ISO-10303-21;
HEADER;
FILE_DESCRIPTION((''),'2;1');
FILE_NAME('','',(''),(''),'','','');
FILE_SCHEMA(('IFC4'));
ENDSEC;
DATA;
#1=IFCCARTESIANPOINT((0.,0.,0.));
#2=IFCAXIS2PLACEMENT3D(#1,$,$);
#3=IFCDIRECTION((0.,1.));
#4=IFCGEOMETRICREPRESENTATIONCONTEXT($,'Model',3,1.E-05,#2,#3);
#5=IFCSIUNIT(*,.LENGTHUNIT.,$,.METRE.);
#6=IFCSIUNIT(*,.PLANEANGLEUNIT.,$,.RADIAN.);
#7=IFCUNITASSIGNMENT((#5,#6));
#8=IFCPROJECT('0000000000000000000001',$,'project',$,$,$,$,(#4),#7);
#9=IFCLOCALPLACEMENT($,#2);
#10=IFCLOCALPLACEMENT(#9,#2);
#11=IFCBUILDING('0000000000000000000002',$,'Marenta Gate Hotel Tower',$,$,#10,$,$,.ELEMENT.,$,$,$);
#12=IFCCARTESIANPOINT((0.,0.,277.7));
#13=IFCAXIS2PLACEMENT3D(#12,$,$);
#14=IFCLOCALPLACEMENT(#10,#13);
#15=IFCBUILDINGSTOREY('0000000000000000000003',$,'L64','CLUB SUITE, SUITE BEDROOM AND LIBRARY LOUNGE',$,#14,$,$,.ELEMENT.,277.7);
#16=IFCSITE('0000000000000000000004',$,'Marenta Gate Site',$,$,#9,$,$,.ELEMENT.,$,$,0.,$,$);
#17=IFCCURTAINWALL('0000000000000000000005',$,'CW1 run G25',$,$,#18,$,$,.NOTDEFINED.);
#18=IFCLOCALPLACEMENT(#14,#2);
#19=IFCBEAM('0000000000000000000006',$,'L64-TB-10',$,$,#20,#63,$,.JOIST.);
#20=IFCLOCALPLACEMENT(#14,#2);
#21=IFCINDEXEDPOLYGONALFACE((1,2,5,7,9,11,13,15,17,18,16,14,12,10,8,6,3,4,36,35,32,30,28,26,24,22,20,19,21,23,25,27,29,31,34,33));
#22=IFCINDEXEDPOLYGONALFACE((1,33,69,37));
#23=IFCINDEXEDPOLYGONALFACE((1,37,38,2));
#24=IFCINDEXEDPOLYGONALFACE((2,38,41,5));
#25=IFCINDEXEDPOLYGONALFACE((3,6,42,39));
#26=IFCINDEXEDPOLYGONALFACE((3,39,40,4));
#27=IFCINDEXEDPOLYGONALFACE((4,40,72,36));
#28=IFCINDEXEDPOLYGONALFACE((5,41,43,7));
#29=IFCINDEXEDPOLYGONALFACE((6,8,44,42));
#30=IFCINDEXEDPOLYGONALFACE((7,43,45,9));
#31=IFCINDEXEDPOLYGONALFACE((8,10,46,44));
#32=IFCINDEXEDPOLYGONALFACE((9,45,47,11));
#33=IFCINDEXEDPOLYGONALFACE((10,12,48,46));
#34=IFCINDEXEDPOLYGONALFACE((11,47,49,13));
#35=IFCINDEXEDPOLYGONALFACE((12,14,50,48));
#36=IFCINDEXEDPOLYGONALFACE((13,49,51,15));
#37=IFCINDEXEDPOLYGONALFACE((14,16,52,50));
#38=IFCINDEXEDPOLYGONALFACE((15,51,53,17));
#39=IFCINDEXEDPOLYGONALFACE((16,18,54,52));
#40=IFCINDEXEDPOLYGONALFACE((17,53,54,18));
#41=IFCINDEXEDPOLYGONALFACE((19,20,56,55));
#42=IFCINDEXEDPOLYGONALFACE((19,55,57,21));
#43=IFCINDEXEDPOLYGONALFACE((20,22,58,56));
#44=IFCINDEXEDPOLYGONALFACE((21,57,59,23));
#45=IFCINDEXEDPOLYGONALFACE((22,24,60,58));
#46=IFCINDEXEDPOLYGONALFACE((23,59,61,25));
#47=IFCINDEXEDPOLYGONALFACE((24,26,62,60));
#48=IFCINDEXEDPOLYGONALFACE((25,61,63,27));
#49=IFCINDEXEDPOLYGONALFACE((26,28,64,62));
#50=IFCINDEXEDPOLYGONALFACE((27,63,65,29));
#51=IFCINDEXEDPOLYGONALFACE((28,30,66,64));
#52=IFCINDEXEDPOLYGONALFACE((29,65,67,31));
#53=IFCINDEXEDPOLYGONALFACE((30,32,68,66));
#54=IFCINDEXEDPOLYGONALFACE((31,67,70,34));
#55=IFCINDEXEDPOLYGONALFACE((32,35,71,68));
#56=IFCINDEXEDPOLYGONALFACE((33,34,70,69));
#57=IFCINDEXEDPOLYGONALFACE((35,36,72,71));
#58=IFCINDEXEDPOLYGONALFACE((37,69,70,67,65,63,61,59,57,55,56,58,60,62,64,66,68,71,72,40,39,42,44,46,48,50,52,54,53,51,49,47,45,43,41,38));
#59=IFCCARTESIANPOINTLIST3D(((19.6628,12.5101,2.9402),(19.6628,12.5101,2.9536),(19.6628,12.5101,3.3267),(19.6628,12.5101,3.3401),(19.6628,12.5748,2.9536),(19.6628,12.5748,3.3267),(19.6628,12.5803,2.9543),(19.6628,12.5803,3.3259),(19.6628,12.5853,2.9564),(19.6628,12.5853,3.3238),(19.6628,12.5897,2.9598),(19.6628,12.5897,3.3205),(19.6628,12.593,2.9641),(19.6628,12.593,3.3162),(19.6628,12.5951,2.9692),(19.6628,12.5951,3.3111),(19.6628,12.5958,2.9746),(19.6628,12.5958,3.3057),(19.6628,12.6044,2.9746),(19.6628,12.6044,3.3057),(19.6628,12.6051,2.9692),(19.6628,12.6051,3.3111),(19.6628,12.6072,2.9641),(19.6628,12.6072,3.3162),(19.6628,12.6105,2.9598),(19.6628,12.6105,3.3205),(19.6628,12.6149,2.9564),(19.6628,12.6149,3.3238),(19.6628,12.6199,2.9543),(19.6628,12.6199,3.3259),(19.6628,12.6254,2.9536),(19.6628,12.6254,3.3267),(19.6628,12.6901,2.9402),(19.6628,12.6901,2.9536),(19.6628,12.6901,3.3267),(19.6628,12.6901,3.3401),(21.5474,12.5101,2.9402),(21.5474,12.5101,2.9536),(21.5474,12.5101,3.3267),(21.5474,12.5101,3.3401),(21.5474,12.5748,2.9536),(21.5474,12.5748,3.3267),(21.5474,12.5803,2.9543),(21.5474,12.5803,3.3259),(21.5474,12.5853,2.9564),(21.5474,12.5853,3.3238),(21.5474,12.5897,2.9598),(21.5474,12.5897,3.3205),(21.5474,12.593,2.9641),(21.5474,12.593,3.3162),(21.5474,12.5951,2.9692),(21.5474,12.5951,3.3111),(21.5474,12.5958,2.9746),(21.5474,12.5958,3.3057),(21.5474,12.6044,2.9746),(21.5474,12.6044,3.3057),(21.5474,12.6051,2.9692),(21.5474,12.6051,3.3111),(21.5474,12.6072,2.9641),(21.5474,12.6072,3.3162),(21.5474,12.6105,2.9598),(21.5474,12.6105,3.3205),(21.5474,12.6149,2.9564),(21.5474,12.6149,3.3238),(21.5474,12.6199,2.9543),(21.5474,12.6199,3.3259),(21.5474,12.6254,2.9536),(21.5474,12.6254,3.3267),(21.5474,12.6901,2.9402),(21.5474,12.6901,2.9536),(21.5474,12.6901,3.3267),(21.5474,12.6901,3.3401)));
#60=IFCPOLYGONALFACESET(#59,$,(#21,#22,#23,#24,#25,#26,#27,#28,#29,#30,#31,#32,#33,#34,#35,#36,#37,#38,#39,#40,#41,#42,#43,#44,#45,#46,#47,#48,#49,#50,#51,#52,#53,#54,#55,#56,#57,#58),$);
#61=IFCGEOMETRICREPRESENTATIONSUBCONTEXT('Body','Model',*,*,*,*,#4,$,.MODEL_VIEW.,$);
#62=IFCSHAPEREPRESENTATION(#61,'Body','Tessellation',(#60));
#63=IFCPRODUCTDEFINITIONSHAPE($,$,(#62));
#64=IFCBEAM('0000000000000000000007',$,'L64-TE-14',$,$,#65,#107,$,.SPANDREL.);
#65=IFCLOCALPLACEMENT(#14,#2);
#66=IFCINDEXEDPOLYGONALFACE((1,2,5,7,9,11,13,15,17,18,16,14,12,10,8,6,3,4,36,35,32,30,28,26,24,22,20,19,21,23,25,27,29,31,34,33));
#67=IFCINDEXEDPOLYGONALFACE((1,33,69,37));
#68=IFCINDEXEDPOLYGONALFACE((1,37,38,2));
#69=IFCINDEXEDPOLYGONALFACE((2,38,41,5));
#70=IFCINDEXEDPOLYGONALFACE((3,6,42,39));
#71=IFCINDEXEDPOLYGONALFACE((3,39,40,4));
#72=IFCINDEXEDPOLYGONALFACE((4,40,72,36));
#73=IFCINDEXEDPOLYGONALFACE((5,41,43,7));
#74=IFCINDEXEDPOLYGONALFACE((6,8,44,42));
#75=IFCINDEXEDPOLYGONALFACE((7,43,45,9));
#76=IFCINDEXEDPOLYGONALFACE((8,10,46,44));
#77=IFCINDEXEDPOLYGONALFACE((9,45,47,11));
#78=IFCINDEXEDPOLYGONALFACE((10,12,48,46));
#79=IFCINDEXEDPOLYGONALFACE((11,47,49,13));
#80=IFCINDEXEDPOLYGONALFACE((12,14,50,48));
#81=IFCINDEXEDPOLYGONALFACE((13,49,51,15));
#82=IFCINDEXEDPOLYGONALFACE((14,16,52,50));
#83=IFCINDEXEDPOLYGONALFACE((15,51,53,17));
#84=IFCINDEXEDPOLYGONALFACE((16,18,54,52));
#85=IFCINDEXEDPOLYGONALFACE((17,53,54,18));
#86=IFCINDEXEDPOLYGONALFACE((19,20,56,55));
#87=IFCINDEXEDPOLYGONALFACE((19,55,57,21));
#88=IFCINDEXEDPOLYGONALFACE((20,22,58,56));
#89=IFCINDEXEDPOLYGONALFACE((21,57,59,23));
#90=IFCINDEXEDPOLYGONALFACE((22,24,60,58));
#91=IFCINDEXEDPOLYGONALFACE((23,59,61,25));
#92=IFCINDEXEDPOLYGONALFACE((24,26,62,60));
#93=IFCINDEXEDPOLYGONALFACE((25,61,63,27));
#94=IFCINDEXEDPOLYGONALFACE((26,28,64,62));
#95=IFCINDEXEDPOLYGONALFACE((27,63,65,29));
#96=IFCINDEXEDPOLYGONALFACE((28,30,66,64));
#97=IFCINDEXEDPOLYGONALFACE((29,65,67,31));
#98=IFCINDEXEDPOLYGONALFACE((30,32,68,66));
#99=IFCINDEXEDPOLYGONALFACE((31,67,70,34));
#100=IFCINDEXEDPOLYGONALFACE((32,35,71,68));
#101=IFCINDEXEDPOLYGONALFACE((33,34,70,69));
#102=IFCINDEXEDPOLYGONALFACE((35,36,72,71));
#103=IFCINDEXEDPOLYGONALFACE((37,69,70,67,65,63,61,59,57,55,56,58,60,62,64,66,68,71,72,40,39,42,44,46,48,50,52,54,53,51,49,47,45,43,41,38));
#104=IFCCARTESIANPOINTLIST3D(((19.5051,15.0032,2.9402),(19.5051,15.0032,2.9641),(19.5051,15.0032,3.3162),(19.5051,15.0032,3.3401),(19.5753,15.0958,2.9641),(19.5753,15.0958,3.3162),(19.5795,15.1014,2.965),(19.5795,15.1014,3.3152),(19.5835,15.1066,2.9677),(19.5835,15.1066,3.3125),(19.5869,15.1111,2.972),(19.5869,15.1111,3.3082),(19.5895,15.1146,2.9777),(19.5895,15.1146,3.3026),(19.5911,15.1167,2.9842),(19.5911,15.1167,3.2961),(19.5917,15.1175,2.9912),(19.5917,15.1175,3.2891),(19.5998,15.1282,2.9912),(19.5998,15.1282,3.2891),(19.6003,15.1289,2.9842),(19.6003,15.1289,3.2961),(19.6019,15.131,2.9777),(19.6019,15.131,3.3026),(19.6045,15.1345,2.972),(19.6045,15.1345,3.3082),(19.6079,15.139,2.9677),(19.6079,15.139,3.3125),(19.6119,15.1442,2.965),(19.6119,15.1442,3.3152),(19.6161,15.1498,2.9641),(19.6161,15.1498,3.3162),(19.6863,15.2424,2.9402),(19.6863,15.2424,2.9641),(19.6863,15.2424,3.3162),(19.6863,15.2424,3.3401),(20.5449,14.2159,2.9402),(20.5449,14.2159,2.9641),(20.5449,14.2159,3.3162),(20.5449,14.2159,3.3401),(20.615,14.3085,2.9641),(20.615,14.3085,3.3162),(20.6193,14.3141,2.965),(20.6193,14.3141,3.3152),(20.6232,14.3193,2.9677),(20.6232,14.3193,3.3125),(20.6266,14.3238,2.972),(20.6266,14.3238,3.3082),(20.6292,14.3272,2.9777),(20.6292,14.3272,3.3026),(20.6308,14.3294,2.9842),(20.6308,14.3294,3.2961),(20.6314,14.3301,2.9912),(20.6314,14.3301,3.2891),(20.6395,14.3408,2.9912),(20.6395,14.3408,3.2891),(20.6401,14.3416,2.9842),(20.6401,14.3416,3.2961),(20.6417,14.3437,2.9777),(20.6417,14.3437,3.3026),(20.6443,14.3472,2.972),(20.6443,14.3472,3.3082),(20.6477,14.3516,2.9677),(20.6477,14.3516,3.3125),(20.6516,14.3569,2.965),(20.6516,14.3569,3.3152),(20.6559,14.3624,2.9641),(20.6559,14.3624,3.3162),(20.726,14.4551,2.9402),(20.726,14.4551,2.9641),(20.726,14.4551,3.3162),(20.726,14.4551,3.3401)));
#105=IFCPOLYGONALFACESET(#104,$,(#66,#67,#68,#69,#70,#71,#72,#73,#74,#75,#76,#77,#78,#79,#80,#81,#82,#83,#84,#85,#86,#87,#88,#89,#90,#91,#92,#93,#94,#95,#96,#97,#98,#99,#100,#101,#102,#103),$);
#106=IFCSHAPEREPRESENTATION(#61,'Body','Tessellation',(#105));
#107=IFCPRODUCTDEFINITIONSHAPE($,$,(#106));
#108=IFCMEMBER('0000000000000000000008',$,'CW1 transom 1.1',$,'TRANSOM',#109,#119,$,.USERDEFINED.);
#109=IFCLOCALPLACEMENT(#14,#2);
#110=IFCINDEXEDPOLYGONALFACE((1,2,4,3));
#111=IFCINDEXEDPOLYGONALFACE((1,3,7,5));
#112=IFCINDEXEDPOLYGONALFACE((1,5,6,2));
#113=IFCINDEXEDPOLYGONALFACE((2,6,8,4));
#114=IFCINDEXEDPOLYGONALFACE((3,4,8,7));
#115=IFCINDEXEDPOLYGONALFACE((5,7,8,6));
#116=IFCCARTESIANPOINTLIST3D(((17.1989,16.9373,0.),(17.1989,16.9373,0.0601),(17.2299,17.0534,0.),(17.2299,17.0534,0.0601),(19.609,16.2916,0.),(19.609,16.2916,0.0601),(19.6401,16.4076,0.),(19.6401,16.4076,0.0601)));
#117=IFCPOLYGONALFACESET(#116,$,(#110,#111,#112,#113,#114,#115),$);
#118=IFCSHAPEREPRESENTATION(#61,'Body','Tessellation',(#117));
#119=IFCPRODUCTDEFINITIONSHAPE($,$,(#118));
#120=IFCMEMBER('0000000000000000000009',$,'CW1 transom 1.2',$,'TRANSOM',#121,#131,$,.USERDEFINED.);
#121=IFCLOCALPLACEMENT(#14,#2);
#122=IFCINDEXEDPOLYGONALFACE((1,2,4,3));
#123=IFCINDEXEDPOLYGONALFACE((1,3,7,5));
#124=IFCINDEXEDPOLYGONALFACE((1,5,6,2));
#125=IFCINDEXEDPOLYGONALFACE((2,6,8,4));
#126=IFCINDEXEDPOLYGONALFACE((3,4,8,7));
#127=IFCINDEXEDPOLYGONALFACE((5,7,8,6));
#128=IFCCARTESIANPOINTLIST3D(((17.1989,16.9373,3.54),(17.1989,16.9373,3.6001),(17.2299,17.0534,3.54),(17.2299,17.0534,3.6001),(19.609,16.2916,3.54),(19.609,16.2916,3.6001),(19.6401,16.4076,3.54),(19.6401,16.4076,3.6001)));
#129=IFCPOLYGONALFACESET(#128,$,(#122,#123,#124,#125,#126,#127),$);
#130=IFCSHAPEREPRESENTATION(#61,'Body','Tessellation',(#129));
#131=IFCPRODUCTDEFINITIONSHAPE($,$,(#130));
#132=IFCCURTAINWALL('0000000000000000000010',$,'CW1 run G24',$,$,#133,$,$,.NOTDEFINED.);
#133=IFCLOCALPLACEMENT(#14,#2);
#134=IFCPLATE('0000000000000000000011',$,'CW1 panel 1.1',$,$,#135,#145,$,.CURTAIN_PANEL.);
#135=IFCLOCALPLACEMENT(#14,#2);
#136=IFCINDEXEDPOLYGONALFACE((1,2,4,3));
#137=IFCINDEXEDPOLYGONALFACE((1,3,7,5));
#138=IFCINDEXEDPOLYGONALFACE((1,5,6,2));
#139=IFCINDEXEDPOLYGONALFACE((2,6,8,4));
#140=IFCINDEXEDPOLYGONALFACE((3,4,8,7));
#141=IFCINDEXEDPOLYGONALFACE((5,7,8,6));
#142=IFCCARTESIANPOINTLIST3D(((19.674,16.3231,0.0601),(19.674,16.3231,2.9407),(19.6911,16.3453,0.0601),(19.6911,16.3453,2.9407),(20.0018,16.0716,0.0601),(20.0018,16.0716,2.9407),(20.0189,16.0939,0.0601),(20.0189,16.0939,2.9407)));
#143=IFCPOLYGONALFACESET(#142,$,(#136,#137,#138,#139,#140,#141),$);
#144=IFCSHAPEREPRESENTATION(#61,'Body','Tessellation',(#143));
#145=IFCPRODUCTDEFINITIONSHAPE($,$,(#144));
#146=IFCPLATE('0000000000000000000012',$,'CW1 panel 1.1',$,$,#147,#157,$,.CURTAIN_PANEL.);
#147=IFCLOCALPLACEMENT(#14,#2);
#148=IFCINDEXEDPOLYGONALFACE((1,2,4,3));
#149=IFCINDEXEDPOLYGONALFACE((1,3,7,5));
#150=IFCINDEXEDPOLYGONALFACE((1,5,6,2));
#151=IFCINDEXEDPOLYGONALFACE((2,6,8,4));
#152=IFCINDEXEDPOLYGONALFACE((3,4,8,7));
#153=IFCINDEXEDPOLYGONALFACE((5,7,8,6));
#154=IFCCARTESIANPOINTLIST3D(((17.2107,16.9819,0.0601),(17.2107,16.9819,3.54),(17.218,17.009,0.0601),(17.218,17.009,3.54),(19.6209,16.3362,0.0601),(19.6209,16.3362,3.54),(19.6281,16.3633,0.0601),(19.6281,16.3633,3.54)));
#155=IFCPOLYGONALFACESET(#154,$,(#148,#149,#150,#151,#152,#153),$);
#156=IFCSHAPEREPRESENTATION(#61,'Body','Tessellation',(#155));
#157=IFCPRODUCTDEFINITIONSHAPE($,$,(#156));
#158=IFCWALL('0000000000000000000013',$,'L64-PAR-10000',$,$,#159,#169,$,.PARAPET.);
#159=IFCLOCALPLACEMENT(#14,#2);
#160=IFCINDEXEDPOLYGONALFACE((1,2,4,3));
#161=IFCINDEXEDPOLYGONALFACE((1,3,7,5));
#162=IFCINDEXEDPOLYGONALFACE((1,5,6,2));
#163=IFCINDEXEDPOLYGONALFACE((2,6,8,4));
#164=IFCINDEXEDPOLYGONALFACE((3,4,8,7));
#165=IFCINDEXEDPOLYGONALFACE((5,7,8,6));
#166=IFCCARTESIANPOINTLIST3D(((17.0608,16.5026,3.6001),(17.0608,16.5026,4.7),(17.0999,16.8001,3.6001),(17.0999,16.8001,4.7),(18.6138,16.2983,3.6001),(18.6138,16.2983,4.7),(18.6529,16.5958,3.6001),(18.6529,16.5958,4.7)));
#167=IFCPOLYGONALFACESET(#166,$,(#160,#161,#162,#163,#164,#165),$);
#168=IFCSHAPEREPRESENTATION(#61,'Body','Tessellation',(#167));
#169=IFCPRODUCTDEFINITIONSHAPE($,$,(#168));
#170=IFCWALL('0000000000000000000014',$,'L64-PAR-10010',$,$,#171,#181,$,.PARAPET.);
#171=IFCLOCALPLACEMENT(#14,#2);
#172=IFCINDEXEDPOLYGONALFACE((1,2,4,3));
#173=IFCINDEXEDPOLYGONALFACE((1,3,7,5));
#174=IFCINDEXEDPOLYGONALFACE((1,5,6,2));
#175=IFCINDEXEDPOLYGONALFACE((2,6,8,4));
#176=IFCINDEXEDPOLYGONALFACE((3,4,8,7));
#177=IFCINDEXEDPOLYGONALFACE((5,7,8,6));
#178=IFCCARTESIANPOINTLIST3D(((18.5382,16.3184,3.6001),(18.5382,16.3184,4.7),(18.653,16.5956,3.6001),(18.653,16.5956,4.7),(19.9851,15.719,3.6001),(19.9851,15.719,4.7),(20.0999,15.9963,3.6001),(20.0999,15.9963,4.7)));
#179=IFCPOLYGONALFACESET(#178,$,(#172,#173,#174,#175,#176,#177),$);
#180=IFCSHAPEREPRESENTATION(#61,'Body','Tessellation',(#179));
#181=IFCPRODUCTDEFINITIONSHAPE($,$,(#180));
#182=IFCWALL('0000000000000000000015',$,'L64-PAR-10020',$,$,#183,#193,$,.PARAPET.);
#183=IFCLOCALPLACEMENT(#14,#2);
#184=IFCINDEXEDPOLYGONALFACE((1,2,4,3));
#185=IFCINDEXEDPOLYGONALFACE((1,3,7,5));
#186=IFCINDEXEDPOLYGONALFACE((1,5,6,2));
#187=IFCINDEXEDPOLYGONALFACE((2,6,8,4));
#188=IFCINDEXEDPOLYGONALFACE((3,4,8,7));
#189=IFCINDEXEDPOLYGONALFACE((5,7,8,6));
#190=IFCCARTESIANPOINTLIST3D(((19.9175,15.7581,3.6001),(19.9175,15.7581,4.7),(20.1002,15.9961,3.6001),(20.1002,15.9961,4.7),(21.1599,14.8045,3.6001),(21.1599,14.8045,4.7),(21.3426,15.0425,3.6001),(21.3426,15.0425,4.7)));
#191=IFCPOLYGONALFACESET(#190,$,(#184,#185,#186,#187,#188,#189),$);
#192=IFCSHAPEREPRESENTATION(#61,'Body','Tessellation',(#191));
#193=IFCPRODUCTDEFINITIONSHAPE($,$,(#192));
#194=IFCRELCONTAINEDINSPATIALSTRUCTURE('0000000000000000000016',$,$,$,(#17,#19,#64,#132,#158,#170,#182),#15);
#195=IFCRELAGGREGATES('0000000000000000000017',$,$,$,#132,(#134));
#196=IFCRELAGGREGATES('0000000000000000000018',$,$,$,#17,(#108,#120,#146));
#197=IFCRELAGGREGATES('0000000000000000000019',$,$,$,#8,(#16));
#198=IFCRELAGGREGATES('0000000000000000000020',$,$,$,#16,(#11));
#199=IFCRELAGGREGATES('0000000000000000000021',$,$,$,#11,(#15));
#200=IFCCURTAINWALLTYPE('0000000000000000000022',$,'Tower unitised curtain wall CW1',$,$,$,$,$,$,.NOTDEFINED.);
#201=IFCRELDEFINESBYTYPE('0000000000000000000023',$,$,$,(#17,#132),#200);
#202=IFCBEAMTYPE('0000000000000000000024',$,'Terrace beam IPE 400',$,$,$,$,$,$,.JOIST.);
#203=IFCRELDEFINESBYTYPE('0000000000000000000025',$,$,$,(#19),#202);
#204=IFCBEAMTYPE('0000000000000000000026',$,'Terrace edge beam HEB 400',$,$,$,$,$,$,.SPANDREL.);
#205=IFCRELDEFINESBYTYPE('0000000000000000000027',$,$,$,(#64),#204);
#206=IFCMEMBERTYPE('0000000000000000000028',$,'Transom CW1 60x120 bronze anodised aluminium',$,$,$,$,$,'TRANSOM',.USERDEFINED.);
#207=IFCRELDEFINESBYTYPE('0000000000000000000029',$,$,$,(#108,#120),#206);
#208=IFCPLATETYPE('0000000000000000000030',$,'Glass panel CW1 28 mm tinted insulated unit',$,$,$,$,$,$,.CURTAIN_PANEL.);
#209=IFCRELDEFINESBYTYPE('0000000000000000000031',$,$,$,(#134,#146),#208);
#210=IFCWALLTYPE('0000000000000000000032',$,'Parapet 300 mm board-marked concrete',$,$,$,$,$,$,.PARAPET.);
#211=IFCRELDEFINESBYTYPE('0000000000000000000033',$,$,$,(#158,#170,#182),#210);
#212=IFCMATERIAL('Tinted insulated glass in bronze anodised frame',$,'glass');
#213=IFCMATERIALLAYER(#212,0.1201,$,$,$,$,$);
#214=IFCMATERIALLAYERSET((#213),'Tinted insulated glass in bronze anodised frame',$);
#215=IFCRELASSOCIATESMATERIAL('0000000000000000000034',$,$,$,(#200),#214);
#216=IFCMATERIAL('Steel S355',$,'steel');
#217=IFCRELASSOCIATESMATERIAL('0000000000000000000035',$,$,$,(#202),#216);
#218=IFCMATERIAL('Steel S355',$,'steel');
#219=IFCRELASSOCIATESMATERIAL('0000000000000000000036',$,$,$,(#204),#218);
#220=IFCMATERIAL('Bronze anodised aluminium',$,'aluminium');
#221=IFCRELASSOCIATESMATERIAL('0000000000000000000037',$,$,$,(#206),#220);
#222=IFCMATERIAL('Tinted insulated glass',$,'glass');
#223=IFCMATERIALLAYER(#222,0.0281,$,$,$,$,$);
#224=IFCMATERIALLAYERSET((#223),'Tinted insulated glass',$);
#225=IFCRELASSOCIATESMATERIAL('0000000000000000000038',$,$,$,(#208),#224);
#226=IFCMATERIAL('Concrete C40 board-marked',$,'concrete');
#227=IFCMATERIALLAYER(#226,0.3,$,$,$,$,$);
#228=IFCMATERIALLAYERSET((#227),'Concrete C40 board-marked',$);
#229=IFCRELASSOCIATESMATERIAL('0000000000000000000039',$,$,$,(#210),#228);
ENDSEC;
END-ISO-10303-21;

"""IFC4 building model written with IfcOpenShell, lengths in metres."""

from ifc_helpers import new_model, si_unit, direction, frame, frame_2d, origin, origin_2d, place, context, subcontext, project, spatial, rectangle, i_section, extrude, material, layer, layer_set, material_profile, profile_set, type_object, element, aggregate, save


model = new_model("IFC4")

# Units and contexts
model_context = context("Model", 3, precision=1e-05, world=origin(), true_north=direction((0.0, 1.0)))
body_context = subcontext(model_context, "Body", "Model", "MODEL_VIEW")
ifc_project = project(units=[si_unit("LENGTHUNIT", "METRE"), si_unit("PLANEANGLEUNIT", "RADIAN")], contexts=[model_context])

# Site, building, storey
site_placement = place(None, origin())
site = spatial("IfcSite", under=ifc_project, at=site_placement, Name="Marenta Gate Site", CompositionType="ELEMENT", RefElevation=0.0)
building_placement = place(site_placement, origin())
building = spatial("IfcBuilding", under=site, at=building_placement, Name="Marenta Gate Hotel Tower", CompositionType="ELEMENT")
storey_placement = place(building_placement, frame((0.0, 0.0, 277.7)))
storey = spatial("IfcBuildingStorey", under=building, at=storey_placement, Name="L64", Description="CLUB SUITE, SUITE BEDROOM AND LIBRARY LOUNGE", CompositionType="ELEMENT", Elevation=277.7)

# Curtain wall
ifc_material_1 = material(Name="Tinted insulated glass in bronze anodised frame", Category="glass")
ifc_layer_1 = layer(ifc_material_1, 0.1201)
ifc_layer_set_1 = layer_set([ifc_layer_1], Name="Tinted insulated glass in bronze anodised frame")
curtain_wall_type = type_object("IfcCurtainWallType", Name="Tower unitised curtain wall CW1", PredefinedType="NOTDEFINED", material=ifc_layer_set_1)
curtain_wall_1_placement = place(storey_placement, origin())
curtain_wall_1 = element("IfcCurtainWall", 1, at=curtain_wall_1_placement, inside=storey, type_object=curtain_wall_type, Name="CW1 run G25", PredefinedType="NOTDEFINED")

# Beams
ifc_material_2 = material(Name="Steel S355", Category="steel")
ifc_material_profile_1 = material_profile(ifc_material_2, i_section(OverallWidth=0.1799, OverallDepth=0.3999, WebThickness=0.0085, FlangeThickness=0.0134, FilletRadius=0.021, at=origin_2d()), Name="IPE 400")
ifc_profile_set_1 = profile_set([ifc_material_profile_1], Name="Steel S355")
beam_type_1 = type_object("IfcBeamType", Name="Terrace beam IPE 400", PredefinedType="JOIST", material=ifc_profile_set_1)
beam_1_placement = place(storey_placement, frame((19.6628, 12.6001, 3.1401), z_axis=(1.0, 0.0, 0.0), x_axis=(0.0, 1.0, 0.0)))
element("IfcBeam", 2, at=beam_1_placement, inside=storey, type_object=beam_type_1, Name="L64-TB-10", PredefinedType="JOIST", context=body_context, shape_type="SweptSolid", body=[
    extrude(i_section(OverallWidth=0.1799, OverallDepth=0.3999, WebThickness=0.0085, FlangeThickness=0.0134, FilletRadius=0.021, at=origin_2d()), origin(), (0.0, 0.0, 1.0), 1.8845),
])
ifc_material_3 = material(Name="Steel S355", Category="steel")
ifc_material_profile_2 = material_profile(ifc_material_3, i_section(OverallWidth=0.3, OverallDepth=0.3999, WebThickness=0.0134, FlangeThickness=0.0239, FilletRadius=0.0271, at=origin_2d()), Name="HEB 400")
ifc_profile_set_2 = profile_set([ifc_material_profile_2], Name="Steel S355")
beam_type_2 = type_object("IfcBeamType", Name="Terrace edge beam HEB 400", PredefinedType="SPANDREL", material=ifc_profile_set_2)
beam_2_placement = place(storey_placement, frame((19.5957, 15.1228, 3.1401), z_axis=(0.797229, -0.603677, 0.0), x_axis=(0.603677, 0.797229, 0.0)))
element("IfcBeam", 3, at=beam_2_placement, inside=storey, type_object=beam_type_2, Name="L64-TE-14", PredefinedType="SPANDREL", context=body_context, shape_type="SweptSolid", body=[
    extrude(i_section(OverallWidth=0.3, OverallDepth=0.3999, WebThickness=0.0134, FlangeThickness=0.0239, FilletRadius=0.0271, at=origin_2d()), origin(), (0.0, 0.0, 1.0), 1.3042),
])

# Members
ifc_material_4 = material(Name="Bronze anodised aluminium", Category="aluminium")
ifc_material_profile_3 = material_profile(ifc_material_4, rectangle(XDim=0.1201, YDim=0.0601, at=origin_2d()), Name="Transom CW1 60x120 bronze anodised aluminium")
ifc_profile_set_3 = profile_set([ifc_material_profile_3], Name="Bronze anodised aluminium")
member_type_1 = type_object("IfcMemberType", Name="Transom CW1 60x120 bronze anodised aluminium", ElementType="TRANSOM", PredefinedType="USERDEFINED", material=ifc_profile_set_3)
member_1_placement = place(storey_placement, frame((19.6245, 16.3496, 0.03), z_axis=(-0.965931, 0.258801, 0.0), x_axis=(-0.258801, -0.965931, 0.0)))
member_1 = element("IfcMember", 4, at=member_1_placement, type_object=member_type_1, Name="CW1 transom 1.1", ObjectType="TRANSOM", PredefinedType="USERDEFINED", context=body_context, shape_type="SweptSolid", body=[
    extrude(rectangle(XDim=0.1201, YDim=0.0601, at=origin_2d()), origin(), (0.0, 0.0, 1.0), 2.4951),
])
member_2_placement = place(storey_placement, frame((19.6245, 16.3496, 3.5701), z_axis=(-0.965931, 0.258801, 0.0), x_axis=(-0.258801, -0.965931, 0.0)))
member_2 = element("IfcMember", 5, at=member_2_placement, type_object=member_type_1, Name="CW1 transom 1.2", ObjectType="TRANSOM", PredefinedType="USERDEFINED", context=body_context, shape_type="SweptSolid", body=[
    extrude(rectangle(XDim=0.1201, YDim=0.0601, at=origin_2d()), origin(), (0.0, 0.0, 1.0), 2.4951),
])

# Curtain wall, plate
curtain_wall_2_placement = place(storey_placement, origin())
curtain_wall_2 = element("IfcCurtainWall", 6, at=curtain_wall_2_placement, inside=storey, type_object=curtain_wall_type, Name="CW1 run G24", PredefinedType="NOTDEFINED")
ifc_material_5 = material(Name="Tinted insulated glass", Category="glass")
ifc_layer_2 = layer(ifc_material_5, 0.0281)
ifc_layer_set_2 = layer_set([ifc_layer_2], Name="Tinted insulated glass")
plate_type = type_object("IfcPlateType", Name="Glass panel CW1 28 mm tinted insulated unit", PredefinedType="CURTAIN_PANEL", material=ifc_layer_set_2)
plate_1_placement = place(storey_placement, frame((19.8464, 16.2085, 0.0601), z_axis=(0.0, 0.0, 1.0), x_axis=(-0.79345, 0.608635, 0.0)))
plate_1 = element("IfcPlate", 7, at=plate_1_placement, type_object=plate_type, Name="CW1 panel 1.1", PredefinedType="CURTAIN_PANEL", context=body_context, shape_type="SweptSolid", body=[
    extrude(rectangle(XDim=0.4131, YDim=0.0281, at=origin_2d()), origin(), (0.0, 0.0, 1.0), 2.8806),
])
aggregate(curtain_wall_2, [plate_1])

# Plate
plate_2_placement = place(storey_placement, frame((18.4194, 16.6726, 0.0601), z_axis=(0.0, 0.0, 1.0), x_axis=(-0.96593, 0.258805, 0.0)))
plate_2 = element("IfcPlate", 8, at=plate_2_placement, type_object=plate_type, Name="CW1 panel 1.1", PredefinedType="CURTAIN_PANEL", context=body_context, shape_type="SweptSolid", body=[
    extrude(rectangle(XDim=2.4951, YDim=0.0281, at=origin_2d()), origin(), (0.0, 0.0, 1.0), 3.48),
])
aggregate(curtain_wall_1, [member_1, member_2, plate_2])

# Walls
ifc_material_6 = material(Name="Concrete C40 board-marked", Category="concrete")
ifc_layer_3 = layer(ifc_material_6, 0.3)
ifc_layer_set_3 = layer_set([ifc_layer_3], Name="Concrete C40 board-marked")
wall_type_1 = type_object("IfcWallType", Name="Parapet 300 mm board-marked concrete", PredefinedType="PARAPET", material=ifc_layer_set_3)
wall_1_placement = place(storey_placement, frame((17.0803, 16.6514, 3.6001), z_axis=(0.0, 0.0, 1.0), x_axis=(0.991454, -0.130459, 0.0)))
element("IfcWall", 9, at=wall_1_placement, inside=storey, type_object=wall_type_1, Name="L64-PAR-10000", PredefinedType="PARAPET", context=body_context, shape_type="SweptSolid", body=[
    extrude(rectangle(XDim=1.5664, YDim=0.3, at=frame_2d((0.7832, 0.0))), origin(), (0.0, 0.0, 1.0), 1.0999),
])
for number, where, z_axis, x_axis, name in (
    (10, (18.5955, 16.457, 3.6001), (0.0, 0.0, 1.0), (0.923882, -0.382678, 0.0), "L64-PAR-10010"),
    (11, (20.0088, 15.8772, 3.6001), (0.0, 0.0, 1.0), (0.793273, -0.608867, 0.0), "L64-PAR-10020"),
):
    element("IfcWall", number, at=place(storey_placement, frame(where, z_axis=z_axis, x_axis=x_axis)), inside=storey, type_object=wall_type_1, Name=name, PredefinedType="PARAPET", context=body_context, shape_type="SweptSolid", body=[
        extrude(rectangle(XDim=1.5662, YDim=0.3, at=frame_2d((0.7832, 0.0))), origin(), (0.0, 0.0, 1.0), 1.0999),
    ])

save(model, "model.ifc")
